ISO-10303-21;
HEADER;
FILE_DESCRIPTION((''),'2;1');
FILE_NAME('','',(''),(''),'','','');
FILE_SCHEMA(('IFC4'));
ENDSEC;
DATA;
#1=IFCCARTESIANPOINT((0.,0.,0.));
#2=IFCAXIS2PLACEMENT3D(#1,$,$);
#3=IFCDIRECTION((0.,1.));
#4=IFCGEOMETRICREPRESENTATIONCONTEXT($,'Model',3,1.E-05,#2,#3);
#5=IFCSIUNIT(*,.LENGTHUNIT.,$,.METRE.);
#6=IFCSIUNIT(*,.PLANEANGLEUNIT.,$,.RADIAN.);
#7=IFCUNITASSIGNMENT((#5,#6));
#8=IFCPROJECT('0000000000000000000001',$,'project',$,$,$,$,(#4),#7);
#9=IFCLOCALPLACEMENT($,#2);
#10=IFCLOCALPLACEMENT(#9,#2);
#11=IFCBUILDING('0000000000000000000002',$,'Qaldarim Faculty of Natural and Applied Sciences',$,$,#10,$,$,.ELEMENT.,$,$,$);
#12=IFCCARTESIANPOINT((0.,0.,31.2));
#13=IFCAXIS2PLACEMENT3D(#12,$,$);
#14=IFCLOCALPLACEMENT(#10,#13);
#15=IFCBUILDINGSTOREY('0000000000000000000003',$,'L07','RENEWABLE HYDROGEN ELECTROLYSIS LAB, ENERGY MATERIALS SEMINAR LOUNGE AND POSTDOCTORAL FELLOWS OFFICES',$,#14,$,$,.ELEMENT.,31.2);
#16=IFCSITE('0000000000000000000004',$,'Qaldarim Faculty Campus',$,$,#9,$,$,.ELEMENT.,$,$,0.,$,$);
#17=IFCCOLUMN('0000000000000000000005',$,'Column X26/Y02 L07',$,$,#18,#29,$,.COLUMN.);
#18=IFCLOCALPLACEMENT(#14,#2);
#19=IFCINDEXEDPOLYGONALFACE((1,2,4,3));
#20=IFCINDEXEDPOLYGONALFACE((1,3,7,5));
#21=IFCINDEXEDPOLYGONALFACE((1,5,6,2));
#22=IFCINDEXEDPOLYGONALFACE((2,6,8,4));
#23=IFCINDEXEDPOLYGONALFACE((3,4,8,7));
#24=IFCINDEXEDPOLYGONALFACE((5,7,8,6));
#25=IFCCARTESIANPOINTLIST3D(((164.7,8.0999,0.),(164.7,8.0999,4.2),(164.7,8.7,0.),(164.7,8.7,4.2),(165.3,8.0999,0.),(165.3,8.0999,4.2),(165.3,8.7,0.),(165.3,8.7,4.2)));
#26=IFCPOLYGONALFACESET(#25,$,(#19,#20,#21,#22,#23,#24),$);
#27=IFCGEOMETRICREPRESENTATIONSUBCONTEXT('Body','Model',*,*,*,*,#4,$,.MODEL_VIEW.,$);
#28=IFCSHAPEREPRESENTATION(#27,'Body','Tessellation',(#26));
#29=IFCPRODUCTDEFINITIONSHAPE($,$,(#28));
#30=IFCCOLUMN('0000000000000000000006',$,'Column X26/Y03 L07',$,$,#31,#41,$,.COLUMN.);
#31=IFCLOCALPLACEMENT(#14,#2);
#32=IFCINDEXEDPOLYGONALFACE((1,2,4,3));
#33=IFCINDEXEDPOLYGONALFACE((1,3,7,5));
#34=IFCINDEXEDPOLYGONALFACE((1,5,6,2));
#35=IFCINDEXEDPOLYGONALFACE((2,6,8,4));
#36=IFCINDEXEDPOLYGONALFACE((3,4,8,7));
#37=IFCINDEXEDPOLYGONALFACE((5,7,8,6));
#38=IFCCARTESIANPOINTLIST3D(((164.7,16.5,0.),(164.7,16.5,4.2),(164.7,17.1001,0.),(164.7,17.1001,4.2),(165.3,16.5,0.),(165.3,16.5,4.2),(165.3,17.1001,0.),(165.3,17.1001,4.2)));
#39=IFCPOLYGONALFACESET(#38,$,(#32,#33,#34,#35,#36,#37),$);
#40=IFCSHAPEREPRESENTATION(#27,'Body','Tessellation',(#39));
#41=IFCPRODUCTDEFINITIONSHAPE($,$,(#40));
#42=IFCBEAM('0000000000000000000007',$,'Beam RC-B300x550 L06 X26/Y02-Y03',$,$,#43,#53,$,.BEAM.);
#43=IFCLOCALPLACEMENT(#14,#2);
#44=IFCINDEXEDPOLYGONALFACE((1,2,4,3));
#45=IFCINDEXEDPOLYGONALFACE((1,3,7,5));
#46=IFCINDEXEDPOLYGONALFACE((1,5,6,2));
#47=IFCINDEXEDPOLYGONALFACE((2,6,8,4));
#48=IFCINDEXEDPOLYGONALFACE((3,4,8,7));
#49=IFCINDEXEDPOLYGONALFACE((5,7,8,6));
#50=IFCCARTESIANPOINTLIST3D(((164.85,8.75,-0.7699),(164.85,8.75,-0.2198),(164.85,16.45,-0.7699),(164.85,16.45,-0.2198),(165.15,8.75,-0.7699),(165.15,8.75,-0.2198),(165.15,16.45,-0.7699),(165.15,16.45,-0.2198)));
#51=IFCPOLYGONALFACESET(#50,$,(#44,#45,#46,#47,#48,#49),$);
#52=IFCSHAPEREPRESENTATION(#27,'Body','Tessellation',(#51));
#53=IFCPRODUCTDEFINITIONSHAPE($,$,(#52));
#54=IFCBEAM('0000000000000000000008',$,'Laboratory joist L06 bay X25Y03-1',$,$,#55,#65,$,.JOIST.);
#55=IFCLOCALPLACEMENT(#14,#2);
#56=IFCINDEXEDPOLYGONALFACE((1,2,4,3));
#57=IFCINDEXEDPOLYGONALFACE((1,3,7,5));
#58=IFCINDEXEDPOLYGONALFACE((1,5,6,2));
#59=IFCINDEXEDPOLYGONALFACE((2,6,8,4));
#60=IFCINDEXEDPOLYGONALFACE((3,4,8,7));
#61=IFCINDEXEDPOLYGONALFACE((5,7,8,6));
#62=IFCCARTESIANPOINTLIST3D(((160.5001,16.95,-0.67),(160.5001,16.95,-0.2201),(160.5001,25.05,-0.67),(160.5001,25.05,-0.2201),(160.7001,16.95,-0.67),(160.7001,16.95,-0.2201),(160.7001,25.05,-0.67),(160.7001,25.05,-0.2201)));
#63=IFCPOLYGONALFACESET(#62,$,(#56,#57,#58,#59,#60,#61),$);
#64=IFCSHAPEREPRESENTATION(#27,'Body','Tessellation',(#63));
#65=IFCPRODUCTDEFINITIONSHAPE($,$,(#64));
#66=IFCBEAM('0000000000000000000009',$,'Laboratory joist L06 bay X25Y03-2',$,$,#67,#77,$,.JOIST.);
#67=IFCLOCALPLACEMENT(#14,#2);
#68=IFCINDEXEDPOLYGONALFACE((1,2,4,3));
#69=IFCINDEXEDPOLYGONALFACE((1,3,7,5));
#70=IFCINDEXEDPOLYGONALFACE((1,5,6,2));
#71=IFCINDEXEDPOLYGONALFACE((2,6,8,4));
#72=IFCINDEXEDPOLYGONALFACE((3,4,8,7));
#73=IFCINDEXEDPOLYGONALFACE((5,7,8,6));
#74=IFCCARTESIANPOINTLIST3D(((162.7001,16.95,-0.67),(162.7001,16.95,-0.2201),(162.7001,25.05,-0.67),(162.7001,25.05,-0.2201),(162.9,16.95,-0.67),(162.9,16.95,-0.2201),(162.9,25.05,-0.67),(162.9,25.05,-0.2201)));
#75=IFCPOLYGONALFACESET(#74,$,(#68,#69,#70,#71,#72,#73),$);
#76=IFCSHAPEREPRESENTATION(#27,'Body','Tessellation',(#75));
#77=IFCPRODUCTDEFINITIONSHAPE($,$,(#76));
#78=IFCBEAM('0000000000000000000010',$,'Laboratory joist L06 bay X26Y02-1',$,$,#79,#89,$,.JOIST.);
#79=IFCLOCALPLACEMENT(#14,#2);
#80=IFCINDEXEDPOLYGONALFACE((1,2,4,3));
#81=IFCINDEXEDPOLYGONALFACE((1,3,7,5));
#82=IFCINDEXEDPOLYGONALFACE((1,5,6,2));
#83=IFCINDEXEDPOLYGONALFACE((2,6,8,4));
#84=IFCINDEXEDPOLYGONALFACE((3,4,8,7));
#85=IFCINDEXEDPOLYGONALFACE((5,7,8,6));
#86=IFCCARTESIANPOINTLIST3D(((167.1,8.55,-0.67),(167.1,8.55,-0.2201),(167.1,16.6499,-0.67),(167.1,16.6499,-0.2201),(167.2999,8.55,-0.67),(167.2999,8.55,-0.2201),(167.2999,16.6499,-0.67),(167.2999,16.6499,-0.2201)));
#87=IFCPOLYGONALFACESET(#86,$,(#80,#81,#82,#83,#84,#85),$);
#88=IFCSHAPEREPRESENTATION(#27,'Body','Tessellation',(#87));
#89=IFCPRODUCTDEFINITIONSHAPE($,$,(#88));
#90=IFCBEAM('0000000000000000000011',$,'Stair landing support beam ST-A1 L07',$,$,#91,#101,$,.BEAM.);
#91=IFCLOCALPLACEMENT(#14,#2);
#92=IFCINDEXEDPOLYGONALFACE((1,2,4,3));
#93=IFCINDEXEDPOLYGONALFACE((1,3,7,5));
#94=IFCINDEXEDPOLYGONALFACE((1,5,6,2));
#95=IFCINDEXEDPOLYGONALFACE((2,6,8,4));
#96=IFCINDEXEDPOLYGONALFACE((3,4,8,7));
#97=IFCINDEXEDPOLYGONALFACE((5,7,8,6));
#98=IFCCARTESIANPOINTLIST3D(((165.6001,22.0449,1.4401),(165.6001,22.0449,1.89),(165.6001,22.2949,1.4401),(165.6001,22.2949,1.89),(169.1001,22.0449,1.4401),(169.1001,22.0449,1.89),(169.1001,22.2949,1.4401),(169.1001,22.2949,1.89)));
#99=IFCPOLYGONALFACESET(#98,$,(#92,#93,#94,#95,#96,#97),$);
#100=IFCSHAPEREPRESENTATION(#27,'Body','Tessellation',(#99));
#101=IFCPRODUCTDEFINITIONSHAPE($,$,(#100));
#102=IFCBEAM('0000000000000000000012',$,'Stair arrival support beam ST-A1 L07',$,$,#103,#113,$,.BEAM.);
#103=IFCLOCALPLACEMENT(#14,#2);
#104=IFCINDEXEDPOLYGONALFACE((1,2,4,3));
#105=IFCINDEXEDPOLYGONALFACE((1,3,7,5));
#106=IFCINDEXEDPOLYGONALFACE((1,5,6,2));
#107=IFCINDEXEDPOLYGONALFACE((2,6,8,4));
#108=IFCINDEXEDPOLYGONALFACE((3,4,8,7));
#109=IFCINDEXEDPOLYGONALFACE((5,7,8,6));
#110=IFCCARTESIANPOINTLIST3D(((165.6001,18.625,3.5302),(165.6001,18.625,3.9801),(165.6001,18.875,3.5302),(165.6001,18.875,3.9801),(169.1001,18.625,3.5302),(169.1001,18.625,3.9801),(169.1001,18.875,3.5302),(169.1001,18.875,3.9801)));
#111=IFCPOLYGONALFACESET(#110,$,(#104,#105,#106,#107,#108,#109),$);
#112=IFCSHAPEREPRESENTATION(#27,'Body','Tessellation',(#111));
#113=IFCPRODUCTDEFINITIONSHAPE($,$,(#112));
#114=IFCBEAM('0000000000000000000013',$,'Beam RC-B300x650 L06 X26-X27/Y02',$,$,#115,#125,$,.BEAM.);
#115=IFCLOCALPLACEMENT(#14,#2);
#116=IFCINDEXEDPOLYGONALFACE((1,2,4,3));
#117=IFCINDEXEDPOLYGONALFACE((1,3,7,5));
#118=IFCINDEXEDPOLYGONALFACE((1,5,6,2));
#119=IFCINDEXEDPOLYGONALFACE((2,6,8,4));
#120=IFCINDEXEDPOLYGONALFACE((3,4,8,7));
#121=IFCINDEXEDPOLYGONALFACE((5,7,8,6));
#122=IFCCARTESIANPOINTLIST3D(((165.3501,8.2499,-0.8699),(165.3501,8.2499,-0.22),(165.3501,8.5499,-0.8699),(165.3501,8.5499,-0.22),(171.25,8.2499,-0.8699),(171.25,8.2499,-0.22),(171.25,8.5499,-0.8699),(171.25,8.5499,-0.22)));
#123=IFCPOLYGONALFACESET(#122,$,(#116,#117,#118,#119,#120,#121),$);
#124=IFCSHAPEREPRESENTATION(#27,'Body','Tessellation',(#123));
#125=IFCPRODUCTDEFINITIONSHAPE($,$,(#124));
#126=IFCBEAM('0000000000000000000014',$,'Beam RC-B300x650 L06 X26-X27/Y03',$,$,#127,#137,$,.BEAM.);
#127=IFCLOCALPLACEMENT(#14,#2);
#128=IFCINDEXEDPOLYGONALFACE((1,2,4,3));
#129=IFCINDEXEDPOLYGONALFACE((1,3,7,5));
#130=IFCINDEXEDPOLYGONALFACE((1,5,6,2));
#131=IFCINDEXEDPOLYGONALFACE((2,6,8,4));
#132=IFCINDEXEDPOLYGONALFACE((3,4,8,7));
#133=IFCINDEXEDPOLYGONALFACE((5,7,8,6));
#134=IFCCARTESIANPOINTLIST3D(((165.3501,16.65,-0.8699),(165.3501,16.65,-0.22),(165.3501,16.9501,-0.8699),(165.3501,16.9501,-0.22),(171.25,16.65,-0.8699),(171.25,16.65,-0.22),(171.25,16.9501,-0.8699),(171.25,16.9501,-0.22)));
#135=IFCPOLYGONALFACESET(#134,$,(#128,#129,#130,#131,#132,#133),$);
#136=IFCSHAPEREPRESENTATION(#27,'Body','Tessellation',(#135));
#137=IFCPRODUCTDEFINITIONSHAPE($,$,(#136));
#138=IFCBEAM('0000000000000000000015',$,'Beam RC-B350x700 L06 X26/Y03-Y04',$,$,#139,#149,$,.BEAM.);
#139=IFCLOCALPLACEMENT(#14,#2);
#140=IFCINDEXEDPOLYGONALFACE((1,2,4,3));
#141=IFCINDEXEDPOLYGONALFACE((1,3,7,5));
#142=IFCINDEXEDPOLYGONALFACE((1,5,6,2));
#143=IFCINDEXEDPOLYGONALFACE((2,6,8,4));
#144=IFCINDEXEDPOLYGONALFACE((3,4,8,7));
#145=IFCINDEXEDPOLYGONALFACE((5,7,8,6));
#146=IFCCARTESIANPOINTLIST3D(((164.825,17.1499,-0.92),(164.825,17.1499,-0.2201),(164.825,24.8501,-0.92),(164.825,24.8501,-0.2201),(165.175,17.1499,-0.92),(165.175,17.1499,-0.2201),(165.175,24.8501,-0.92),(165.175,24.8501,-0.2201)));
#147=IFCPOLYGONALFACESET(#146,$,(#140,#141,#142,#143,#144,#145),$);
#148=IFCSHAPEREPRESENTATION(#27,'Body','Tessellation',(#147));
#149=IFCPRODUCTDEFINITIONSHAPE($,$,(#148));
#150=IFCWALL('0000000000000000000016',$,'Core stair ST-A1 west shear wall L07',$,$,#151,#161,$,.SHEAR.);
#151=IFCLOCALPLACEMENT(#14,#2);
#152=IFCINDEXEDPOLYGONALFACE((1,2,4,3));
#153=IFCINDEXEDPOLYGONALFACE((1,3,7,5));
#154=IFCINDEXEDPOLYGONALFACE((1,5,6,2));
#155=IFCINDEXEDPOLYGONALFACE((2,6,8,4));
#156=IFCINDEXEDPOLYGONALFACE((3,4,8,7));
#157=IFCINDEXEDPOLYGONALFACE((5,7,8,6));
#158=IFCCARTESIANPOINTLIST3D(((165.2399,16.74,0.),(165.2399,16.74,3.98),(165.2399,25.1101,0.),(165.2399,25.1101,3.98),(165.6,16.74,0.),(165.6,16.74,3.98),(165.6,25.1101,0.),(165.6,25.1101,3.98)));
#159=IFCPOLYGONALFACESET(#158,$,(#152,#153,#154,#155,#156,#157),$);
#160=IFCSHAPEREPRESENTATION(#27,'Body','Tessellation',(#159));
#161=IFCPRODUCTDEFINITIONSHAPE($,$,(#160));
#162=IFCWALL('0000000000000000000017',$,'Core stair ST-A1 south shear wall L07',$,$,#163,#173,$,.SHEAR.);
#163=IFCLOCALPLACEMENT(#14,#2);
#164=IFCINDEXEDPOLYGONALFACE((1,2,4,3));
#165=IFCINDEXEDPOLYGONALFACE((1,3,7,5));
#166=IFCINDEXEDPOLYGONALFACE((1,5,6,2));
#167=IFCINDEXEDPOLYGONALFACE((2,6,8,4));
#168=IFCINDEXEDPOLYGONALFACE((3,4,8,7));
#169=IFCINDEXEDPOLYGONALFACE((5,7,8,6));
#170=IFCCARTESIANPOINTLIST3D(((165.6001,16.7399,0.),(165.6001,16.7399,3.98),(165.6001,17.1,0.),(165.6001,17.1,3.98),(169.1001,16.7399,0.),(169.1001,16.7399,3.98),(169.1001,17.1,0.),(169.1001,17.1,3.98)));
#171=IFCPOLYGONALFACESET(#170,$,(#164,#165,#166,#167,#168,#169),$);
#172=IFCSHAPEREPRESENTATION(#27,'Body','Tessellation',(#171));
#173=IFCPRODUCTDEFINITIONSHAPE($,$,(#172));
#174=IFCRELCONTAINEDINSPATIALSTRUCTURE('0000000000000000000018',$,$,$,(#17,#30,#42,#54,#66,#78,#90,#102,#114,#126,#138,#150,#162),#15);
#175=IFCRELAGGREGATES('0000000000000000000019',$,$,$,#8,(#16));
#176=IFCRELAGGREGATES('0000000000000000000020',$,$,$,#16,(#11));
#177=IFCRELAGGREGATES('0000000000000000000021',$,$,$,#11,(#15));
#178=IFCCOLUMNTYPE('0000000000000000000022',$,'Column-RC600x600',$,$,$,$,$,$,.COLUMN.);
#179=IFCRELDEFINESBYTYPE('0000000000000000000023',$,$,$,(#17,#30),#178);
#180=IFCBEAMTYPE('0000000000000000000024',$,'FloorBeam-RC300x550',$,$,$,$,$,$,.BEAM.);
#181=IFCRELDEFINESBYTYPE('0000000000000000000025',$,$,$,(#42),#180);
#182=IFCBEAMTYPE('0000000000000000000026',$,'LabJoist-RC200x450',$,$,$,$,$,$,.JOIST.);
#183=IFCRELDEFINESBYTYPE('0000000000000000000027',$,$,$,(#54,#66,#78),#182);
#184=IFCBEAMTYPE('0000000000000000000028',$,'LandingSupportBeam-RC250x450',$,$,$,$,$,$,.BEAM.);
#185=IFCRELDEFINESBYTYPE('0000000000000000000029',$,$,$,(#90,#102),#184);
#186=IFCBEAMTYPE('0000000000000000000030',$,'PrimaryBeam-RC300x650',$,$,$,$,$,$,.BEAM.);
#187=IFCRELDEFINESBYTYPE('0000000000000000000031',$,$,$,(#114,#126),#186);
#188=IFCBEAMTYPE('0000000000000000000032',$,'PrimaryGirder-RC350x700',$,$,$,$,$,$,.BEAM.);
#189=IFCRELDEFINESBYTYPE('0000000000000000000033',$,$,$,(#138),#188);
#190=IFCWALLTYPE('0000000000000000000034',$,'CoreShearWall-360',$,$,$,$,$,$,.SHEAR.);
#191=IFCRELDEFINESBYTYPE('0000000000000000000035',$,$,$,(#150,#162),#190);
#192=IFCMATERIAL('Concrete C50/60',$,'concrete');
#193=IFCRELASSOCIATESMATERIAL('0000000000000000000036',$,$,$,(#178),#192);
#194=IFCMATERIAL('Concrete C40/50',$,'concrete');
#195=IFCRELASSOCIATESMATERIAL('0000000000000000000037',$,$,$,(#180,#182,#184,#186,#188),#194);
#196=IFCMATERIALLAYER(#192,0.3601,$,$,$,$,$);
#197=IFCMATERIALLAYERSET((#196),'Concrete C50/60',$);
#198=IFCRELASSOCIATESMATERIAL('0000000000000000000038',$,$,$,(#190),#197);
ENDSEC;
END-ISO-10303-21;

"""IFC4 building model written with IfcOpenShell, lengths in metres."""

from ifc_helpers import new_model, si_unit, direction, frame, frame_2d, origin, origin_2d, place, context, subcontext, project, spatial, rectangle, extrude, material, layer, layer_set, material_profile, profile_set, type_object, element, save


model = new_model("IFC4")

# Units and contexts
model_context = context("Model", 3, precision=1e-05, world=origin(), true_north=direction((0.0, 1.0)))
body_context = subcontext(model_context, "Body", "Model", "MODEL_VIEW")
ifc_project = project(units=[si_unit("LENGTHUNIT", "METRE"), si_unit("PLANEANGLEUNIT", "RADIAN")], contexts=[model_context])

# Site, building, storey
site_placement = place(None, origin())
site = spatial("IfcSite", under=ifc_project, at=site_placement, Name="Qaldarim Faculty Campus", CompositionType="ELEMENT", RefElevation=0.0)
building_placement = place(site_placement, origin())
building = spatial("IfcBuilding", under=site, at=building_placement, Name="Qaldarim Faculty of Natural and Applied Sciences", CompositionType="ELEMENT")
storey_placement = place(building_placement, frame((0.0, 0.0, 31.2)))
storey = spatial("IfcBuildingStorey", under=building, at=storey_placement, Name="L07", Description="RENEWABLE HYDROGEN ELECTROLYSIS LAB, ENERGY MATERIALS SEMINAR LOUNGE AND POSTDOCTORAL FELLOWS OFFICES", CompositionType="ELEMENT", Elevation=31.2)

# Columns
ifc_material_1 = material(Name="Concrete C50/60", Category="concrete")
ifc_material_profile_1 = material_profile(ifc_material_1, rectangle(XDim=0.6001, YDim=0.6001, at=origin_2d()), Name="RC-C600x600")
ifc_profile_set_1 = profile_set([ifc_material_profile_1], Name="Concrete C50/60")
column_type = type_object("IfcColumnType", Name="Column-RC600x600", PredefinedType="COLUMN", material=ifc_profile_set_1)
for number, where, z_axis, x_axis, name in (
    (1, (165.0, 8.3999, 0.0), (0.0, 0.0, 1.0), (1.0, 0.0, 0.0), "Column X26/Y02 L07"),
    (2, (165.0, 16.8, 0.0), (0.0, 0.0, 1.0), (1.0, 0.0, 0.0), "Column X26/Y03 L07"),
):
    element("IfcColumn", number, at=place(storey_placement, frame(where, z_axis=z_axis, x_axis=x_axis)), inside=storey, type_object=column_type, Name=name, PredefinedType="COLUMN", context=body_context, shape_type="SweptSolid", body=[
        extrude(rectangle(XDim=0.6001, YDim=0.6001, at=origin_2d()), origin(), (0.0, 0.0, 1.0), 4.2),
    ])

# Beams
ifc_material_2 = material(Name="Concrete C40/50", Category="concrete")
ifc_material_profile_2 = material_profile(ifc_material_2, rectangle(XDim=0.3, YDim=0.55, at=origin_2d()), Name="RC-B300x550")
ifc_profile_set_2 = profile_set([ifc_material_profile_2], Name="Concrete C40/50")
beam_type_1 = type_object("IfcBeamType", Name="FloorBeam-RC300x550", PredefinedType="BEAM", material=ifc_profile_set_2)
beam_1_placement = place(storey_placement, frame((165.0, 8.75, -0.4949), z_axis=(0.0, 1.0, 0.0), x_axis=(-1.0, 0.0, 0.0)))
element("IfcBeam", 3, at=beam_1_placement, inside=storey, type_object=beam_type_1, Name="Beam RC-B300x550 L06 X26/Y02-Y03", PredefinedType="BEAM", context=body_context, shape_type="SweptSolid", body=[
    extrude(rectangle(XDim=0.3, YDim=0.55, at=origin_2d()), origin(), (0.0, 0.0, 1.0), 7.7),
])
ifc_material_profile_3 = material_profile(ifc_material_2, rectangle(XDim=0.2, YDim=0.45, at=origin_2d()), Name="RC-J200x450")
ifc_profile_set_3 = profile_set([ifc_material_profile_3], Name="Concrete C40/50")
beam_type_2 = type_object("IfcBeamType", Name="LabJoist-RC200x450", PredefinedType="JOIST", material=ifc_profile_set_3)
for number, where, z_axis, x_axis, name in (
    (4, (160.6001, 16.95, -0.4451), (0.0, 1.0, 0.0), (-1.0, 0.0, 0.0), "Laboratory joist L06 bay X25Y03-1"),
    (5, (162.8, 16.95, -0.4451), (0.0, 1.0, 0.0), (-1.0, 0.0, 0.0), "Laboratory joist L06 bay X25Y03-2"),
):
    element("IfcBeam", number, at=place(storey_placement, frame(where, z_axis=z_axis, x_axis=x_axis)), inside=storey, type_object=beam_type_2, Name=name, PredefinedType="JOIST", context=body_context, shape_type="SweptSolid", body=[
        extrude(rectangle(XDim=0.2, YDim=0.45, at=origin_2d()), origin(), (0.0, 0.0, 1.0), 8.1001),
    ])
beam_2_placement = place(storey_placement, frame((167.2, 8.55, -0.4451), z_axis=(0.0, 1.0, 0.0), x_axis=(-1.0, 0.0, 0.0)))
element("IfcBeam", 6, at=beam_2_placement, inside=storey, type_object=beam_type_2, Name="Laboratory joist L06 bay X26Y02-1", PredefinedType="JOIST", context=body_context, shape_type="SweptSolid", body=[
    extrude(rectangle(XDim=0.2, YDim=0.45, at=origin_2d()), origin(), (0.0, 0.0, 1.0), 8.0999),
])
ifc_material_profile_4 = material_profile(ifc_material_2, rectangle(XDim=0.25, YDim=0.45, at=origin_2d()), Name="RC-LN250x450")
ifc_profile_set_4 = profile_set([ifc_material_profile_4], Name="Concrete C40/50")
beam_type_3 = type_object("IfcBeamType", Name="LandingSupportBeam-RC250x450", PredefinedType="BEAM", material=ifc_profile_set_4)
for number, where, z_axis, x_axis, name in (
    (7, (165.6001, 22.1699, 1.665), (1.0, 0.0, 0.0), (0.0, 1.0, 0.0), "Stair landing support beam ST-A1 L07"),
    (8, (165.6001, 18.75, 3.7551), (1.0, 0.0, 0.0), (0.0, 1.0, 0.0), "Stair arrival support beam ST-A1 L07"),
):
    element("IfcBeam", number, at=place(storey_placement, frame(where, z_axis=z_axis, x_axis=x_axis)), inside=storey, type_object=beam_type_3, Name=name, PredefinedType="BEAM", context=body_context, shape_type="SweptSolid", body=[
        extrude(rectangle(XDim=0.25, YDim=0.45, at=origin_2d()), origin(), (0.0, 0.0, 1.0), 3.5),
    ])
ifc_material_profile_5 = material_profile(ifc_material_2, rectangle(XDim=0.3, YDim=0.6499, at=origin_2d()), Name="RC-B300x650")
ifc_profile_set_5 = profile_set([ifc_material_profile_5], Name="Concrete C40/50")
beam_type_4 = type_object("IfcBeamType", Name="PrimaryBeam-RC300x650", PredefinedType="BEAM", material=ifc_profile_set_5)
for number, where, z_axis, x_axis, name in (
    (9, (165.3501, 8.3999, -0.5449), (1.0, 0.0, 0.0), (0.0, 1.0, 0.0), "Beam RC-B300x650 L06 X26-X27/Y02"),
    (10, (165.3501, 16.8, -0.5449), (1.0, 0.0, 0.0), (0.0, 1.0, 0.0), "Beam RC-B300x650 L06 X26-X27/Y03"),
):
    element("IfcBeam", number, at=place(storey_placement, frame(where, z_axis=z_axis, x_axis=x_axis)), inside=storey, type_object=beam_type_4, Name=name, PredefinedType="BEAM", context=body_context, shape_type="SweptSolid", body=[
        extrude(rectangle(XDim=0.3, YDim=0.6499, at=origin_2d()), origin(), (0.0, 0.0, 1.0), 5.8999),
    ])
ifc_material_profile_6 = material_profile(ifc_material_2, rectangle(XDim=0.3501, YDim=0.7, at=origin_2d()), Name="RC-B350x700")
ifc_profile_set_6 = profile_set([ifc_material_profile_6], Name="Concrete C40/50")
beam_type_5 = type_object("IfcBeamType", Name="PrimaryGirder-RC350x700", PredefinedType="BEAM", material=ifc_profile_set_6)
beam_3_placement = place(storey_placement, frame((165.0, 17.1499, -0.5701), z_axis=(0.0, 1.0, 0.0), x_axis=(-1.0, 0.0, 0.0)))
element("IfcBeam", 11, at=beam_3_placement, inside=storey, type_object=beam_type_5, Name="Beam RC-B350x700 L06 X26/Y03-Y04", PredefinedType="BEAM", context=body_context, shape_type="SweptSolid", body=[
    extrude(rectangle(XDim=0.3501, YDim=0.7, at=origin_2d()), origin(), (0.0, 0.0, 1.0), 7.7002),
])

# Walls
ifc_layer_1 = layer(ifc_material_1, 0.3601)
ifc_layer_set_1 = layer_set([ifc_layer_1], Name="Concrete C50/60")
wall_type_1 = type_object("IfcWallType", Name="CoreShearWall-360", PredefinedType="SHEAR", material=ifc_layer_set_1)
wall_1_placement = place(storey_placement, frame((165.4199, 16.74, 0.0), z_axis=(0.0, 0.0, 1.0), x_axis=(0.0, 1.0, 0.0)))
element("IfcWall", 12, at=wall_1_placement, inside=storey, type_object=wall_type_1, Name="Core stair ST-A1 west shear wall L07", PredefinedType="SHEAR", context=body_context, shape_type="SweptSolid", body=[
    extrude(rectangle(XDim=8.3701, YDim=0.3601, at=frame_2d((4.1851, 0.0))), origin(), (0.0, 0.0, 1.0), 3.98),
])
wall_2_placement = place(storey_placement, frame((165.6001, 16.9199, 0.0), z_axis=(0.0, 0.0, 1.0), x_axis=(1.0, 0.0, 0.0)))
element("IfcWall", 13, at=wall_2_placement, inside=storey, type_object=wall_type_1, Name="Core stair ST-A1 south shear wall L07", PredefinedType="SHEAR", context=body_context, shape_type="SweptSolid", body=[
    extrude(rectangle(XDim=3.5, YDim=0.3601, at=frame_2d((1.75, 0.0))), origin(), (0.0, 0.0, 1.0), 3.98),
])

save(model, "model.ifc")
